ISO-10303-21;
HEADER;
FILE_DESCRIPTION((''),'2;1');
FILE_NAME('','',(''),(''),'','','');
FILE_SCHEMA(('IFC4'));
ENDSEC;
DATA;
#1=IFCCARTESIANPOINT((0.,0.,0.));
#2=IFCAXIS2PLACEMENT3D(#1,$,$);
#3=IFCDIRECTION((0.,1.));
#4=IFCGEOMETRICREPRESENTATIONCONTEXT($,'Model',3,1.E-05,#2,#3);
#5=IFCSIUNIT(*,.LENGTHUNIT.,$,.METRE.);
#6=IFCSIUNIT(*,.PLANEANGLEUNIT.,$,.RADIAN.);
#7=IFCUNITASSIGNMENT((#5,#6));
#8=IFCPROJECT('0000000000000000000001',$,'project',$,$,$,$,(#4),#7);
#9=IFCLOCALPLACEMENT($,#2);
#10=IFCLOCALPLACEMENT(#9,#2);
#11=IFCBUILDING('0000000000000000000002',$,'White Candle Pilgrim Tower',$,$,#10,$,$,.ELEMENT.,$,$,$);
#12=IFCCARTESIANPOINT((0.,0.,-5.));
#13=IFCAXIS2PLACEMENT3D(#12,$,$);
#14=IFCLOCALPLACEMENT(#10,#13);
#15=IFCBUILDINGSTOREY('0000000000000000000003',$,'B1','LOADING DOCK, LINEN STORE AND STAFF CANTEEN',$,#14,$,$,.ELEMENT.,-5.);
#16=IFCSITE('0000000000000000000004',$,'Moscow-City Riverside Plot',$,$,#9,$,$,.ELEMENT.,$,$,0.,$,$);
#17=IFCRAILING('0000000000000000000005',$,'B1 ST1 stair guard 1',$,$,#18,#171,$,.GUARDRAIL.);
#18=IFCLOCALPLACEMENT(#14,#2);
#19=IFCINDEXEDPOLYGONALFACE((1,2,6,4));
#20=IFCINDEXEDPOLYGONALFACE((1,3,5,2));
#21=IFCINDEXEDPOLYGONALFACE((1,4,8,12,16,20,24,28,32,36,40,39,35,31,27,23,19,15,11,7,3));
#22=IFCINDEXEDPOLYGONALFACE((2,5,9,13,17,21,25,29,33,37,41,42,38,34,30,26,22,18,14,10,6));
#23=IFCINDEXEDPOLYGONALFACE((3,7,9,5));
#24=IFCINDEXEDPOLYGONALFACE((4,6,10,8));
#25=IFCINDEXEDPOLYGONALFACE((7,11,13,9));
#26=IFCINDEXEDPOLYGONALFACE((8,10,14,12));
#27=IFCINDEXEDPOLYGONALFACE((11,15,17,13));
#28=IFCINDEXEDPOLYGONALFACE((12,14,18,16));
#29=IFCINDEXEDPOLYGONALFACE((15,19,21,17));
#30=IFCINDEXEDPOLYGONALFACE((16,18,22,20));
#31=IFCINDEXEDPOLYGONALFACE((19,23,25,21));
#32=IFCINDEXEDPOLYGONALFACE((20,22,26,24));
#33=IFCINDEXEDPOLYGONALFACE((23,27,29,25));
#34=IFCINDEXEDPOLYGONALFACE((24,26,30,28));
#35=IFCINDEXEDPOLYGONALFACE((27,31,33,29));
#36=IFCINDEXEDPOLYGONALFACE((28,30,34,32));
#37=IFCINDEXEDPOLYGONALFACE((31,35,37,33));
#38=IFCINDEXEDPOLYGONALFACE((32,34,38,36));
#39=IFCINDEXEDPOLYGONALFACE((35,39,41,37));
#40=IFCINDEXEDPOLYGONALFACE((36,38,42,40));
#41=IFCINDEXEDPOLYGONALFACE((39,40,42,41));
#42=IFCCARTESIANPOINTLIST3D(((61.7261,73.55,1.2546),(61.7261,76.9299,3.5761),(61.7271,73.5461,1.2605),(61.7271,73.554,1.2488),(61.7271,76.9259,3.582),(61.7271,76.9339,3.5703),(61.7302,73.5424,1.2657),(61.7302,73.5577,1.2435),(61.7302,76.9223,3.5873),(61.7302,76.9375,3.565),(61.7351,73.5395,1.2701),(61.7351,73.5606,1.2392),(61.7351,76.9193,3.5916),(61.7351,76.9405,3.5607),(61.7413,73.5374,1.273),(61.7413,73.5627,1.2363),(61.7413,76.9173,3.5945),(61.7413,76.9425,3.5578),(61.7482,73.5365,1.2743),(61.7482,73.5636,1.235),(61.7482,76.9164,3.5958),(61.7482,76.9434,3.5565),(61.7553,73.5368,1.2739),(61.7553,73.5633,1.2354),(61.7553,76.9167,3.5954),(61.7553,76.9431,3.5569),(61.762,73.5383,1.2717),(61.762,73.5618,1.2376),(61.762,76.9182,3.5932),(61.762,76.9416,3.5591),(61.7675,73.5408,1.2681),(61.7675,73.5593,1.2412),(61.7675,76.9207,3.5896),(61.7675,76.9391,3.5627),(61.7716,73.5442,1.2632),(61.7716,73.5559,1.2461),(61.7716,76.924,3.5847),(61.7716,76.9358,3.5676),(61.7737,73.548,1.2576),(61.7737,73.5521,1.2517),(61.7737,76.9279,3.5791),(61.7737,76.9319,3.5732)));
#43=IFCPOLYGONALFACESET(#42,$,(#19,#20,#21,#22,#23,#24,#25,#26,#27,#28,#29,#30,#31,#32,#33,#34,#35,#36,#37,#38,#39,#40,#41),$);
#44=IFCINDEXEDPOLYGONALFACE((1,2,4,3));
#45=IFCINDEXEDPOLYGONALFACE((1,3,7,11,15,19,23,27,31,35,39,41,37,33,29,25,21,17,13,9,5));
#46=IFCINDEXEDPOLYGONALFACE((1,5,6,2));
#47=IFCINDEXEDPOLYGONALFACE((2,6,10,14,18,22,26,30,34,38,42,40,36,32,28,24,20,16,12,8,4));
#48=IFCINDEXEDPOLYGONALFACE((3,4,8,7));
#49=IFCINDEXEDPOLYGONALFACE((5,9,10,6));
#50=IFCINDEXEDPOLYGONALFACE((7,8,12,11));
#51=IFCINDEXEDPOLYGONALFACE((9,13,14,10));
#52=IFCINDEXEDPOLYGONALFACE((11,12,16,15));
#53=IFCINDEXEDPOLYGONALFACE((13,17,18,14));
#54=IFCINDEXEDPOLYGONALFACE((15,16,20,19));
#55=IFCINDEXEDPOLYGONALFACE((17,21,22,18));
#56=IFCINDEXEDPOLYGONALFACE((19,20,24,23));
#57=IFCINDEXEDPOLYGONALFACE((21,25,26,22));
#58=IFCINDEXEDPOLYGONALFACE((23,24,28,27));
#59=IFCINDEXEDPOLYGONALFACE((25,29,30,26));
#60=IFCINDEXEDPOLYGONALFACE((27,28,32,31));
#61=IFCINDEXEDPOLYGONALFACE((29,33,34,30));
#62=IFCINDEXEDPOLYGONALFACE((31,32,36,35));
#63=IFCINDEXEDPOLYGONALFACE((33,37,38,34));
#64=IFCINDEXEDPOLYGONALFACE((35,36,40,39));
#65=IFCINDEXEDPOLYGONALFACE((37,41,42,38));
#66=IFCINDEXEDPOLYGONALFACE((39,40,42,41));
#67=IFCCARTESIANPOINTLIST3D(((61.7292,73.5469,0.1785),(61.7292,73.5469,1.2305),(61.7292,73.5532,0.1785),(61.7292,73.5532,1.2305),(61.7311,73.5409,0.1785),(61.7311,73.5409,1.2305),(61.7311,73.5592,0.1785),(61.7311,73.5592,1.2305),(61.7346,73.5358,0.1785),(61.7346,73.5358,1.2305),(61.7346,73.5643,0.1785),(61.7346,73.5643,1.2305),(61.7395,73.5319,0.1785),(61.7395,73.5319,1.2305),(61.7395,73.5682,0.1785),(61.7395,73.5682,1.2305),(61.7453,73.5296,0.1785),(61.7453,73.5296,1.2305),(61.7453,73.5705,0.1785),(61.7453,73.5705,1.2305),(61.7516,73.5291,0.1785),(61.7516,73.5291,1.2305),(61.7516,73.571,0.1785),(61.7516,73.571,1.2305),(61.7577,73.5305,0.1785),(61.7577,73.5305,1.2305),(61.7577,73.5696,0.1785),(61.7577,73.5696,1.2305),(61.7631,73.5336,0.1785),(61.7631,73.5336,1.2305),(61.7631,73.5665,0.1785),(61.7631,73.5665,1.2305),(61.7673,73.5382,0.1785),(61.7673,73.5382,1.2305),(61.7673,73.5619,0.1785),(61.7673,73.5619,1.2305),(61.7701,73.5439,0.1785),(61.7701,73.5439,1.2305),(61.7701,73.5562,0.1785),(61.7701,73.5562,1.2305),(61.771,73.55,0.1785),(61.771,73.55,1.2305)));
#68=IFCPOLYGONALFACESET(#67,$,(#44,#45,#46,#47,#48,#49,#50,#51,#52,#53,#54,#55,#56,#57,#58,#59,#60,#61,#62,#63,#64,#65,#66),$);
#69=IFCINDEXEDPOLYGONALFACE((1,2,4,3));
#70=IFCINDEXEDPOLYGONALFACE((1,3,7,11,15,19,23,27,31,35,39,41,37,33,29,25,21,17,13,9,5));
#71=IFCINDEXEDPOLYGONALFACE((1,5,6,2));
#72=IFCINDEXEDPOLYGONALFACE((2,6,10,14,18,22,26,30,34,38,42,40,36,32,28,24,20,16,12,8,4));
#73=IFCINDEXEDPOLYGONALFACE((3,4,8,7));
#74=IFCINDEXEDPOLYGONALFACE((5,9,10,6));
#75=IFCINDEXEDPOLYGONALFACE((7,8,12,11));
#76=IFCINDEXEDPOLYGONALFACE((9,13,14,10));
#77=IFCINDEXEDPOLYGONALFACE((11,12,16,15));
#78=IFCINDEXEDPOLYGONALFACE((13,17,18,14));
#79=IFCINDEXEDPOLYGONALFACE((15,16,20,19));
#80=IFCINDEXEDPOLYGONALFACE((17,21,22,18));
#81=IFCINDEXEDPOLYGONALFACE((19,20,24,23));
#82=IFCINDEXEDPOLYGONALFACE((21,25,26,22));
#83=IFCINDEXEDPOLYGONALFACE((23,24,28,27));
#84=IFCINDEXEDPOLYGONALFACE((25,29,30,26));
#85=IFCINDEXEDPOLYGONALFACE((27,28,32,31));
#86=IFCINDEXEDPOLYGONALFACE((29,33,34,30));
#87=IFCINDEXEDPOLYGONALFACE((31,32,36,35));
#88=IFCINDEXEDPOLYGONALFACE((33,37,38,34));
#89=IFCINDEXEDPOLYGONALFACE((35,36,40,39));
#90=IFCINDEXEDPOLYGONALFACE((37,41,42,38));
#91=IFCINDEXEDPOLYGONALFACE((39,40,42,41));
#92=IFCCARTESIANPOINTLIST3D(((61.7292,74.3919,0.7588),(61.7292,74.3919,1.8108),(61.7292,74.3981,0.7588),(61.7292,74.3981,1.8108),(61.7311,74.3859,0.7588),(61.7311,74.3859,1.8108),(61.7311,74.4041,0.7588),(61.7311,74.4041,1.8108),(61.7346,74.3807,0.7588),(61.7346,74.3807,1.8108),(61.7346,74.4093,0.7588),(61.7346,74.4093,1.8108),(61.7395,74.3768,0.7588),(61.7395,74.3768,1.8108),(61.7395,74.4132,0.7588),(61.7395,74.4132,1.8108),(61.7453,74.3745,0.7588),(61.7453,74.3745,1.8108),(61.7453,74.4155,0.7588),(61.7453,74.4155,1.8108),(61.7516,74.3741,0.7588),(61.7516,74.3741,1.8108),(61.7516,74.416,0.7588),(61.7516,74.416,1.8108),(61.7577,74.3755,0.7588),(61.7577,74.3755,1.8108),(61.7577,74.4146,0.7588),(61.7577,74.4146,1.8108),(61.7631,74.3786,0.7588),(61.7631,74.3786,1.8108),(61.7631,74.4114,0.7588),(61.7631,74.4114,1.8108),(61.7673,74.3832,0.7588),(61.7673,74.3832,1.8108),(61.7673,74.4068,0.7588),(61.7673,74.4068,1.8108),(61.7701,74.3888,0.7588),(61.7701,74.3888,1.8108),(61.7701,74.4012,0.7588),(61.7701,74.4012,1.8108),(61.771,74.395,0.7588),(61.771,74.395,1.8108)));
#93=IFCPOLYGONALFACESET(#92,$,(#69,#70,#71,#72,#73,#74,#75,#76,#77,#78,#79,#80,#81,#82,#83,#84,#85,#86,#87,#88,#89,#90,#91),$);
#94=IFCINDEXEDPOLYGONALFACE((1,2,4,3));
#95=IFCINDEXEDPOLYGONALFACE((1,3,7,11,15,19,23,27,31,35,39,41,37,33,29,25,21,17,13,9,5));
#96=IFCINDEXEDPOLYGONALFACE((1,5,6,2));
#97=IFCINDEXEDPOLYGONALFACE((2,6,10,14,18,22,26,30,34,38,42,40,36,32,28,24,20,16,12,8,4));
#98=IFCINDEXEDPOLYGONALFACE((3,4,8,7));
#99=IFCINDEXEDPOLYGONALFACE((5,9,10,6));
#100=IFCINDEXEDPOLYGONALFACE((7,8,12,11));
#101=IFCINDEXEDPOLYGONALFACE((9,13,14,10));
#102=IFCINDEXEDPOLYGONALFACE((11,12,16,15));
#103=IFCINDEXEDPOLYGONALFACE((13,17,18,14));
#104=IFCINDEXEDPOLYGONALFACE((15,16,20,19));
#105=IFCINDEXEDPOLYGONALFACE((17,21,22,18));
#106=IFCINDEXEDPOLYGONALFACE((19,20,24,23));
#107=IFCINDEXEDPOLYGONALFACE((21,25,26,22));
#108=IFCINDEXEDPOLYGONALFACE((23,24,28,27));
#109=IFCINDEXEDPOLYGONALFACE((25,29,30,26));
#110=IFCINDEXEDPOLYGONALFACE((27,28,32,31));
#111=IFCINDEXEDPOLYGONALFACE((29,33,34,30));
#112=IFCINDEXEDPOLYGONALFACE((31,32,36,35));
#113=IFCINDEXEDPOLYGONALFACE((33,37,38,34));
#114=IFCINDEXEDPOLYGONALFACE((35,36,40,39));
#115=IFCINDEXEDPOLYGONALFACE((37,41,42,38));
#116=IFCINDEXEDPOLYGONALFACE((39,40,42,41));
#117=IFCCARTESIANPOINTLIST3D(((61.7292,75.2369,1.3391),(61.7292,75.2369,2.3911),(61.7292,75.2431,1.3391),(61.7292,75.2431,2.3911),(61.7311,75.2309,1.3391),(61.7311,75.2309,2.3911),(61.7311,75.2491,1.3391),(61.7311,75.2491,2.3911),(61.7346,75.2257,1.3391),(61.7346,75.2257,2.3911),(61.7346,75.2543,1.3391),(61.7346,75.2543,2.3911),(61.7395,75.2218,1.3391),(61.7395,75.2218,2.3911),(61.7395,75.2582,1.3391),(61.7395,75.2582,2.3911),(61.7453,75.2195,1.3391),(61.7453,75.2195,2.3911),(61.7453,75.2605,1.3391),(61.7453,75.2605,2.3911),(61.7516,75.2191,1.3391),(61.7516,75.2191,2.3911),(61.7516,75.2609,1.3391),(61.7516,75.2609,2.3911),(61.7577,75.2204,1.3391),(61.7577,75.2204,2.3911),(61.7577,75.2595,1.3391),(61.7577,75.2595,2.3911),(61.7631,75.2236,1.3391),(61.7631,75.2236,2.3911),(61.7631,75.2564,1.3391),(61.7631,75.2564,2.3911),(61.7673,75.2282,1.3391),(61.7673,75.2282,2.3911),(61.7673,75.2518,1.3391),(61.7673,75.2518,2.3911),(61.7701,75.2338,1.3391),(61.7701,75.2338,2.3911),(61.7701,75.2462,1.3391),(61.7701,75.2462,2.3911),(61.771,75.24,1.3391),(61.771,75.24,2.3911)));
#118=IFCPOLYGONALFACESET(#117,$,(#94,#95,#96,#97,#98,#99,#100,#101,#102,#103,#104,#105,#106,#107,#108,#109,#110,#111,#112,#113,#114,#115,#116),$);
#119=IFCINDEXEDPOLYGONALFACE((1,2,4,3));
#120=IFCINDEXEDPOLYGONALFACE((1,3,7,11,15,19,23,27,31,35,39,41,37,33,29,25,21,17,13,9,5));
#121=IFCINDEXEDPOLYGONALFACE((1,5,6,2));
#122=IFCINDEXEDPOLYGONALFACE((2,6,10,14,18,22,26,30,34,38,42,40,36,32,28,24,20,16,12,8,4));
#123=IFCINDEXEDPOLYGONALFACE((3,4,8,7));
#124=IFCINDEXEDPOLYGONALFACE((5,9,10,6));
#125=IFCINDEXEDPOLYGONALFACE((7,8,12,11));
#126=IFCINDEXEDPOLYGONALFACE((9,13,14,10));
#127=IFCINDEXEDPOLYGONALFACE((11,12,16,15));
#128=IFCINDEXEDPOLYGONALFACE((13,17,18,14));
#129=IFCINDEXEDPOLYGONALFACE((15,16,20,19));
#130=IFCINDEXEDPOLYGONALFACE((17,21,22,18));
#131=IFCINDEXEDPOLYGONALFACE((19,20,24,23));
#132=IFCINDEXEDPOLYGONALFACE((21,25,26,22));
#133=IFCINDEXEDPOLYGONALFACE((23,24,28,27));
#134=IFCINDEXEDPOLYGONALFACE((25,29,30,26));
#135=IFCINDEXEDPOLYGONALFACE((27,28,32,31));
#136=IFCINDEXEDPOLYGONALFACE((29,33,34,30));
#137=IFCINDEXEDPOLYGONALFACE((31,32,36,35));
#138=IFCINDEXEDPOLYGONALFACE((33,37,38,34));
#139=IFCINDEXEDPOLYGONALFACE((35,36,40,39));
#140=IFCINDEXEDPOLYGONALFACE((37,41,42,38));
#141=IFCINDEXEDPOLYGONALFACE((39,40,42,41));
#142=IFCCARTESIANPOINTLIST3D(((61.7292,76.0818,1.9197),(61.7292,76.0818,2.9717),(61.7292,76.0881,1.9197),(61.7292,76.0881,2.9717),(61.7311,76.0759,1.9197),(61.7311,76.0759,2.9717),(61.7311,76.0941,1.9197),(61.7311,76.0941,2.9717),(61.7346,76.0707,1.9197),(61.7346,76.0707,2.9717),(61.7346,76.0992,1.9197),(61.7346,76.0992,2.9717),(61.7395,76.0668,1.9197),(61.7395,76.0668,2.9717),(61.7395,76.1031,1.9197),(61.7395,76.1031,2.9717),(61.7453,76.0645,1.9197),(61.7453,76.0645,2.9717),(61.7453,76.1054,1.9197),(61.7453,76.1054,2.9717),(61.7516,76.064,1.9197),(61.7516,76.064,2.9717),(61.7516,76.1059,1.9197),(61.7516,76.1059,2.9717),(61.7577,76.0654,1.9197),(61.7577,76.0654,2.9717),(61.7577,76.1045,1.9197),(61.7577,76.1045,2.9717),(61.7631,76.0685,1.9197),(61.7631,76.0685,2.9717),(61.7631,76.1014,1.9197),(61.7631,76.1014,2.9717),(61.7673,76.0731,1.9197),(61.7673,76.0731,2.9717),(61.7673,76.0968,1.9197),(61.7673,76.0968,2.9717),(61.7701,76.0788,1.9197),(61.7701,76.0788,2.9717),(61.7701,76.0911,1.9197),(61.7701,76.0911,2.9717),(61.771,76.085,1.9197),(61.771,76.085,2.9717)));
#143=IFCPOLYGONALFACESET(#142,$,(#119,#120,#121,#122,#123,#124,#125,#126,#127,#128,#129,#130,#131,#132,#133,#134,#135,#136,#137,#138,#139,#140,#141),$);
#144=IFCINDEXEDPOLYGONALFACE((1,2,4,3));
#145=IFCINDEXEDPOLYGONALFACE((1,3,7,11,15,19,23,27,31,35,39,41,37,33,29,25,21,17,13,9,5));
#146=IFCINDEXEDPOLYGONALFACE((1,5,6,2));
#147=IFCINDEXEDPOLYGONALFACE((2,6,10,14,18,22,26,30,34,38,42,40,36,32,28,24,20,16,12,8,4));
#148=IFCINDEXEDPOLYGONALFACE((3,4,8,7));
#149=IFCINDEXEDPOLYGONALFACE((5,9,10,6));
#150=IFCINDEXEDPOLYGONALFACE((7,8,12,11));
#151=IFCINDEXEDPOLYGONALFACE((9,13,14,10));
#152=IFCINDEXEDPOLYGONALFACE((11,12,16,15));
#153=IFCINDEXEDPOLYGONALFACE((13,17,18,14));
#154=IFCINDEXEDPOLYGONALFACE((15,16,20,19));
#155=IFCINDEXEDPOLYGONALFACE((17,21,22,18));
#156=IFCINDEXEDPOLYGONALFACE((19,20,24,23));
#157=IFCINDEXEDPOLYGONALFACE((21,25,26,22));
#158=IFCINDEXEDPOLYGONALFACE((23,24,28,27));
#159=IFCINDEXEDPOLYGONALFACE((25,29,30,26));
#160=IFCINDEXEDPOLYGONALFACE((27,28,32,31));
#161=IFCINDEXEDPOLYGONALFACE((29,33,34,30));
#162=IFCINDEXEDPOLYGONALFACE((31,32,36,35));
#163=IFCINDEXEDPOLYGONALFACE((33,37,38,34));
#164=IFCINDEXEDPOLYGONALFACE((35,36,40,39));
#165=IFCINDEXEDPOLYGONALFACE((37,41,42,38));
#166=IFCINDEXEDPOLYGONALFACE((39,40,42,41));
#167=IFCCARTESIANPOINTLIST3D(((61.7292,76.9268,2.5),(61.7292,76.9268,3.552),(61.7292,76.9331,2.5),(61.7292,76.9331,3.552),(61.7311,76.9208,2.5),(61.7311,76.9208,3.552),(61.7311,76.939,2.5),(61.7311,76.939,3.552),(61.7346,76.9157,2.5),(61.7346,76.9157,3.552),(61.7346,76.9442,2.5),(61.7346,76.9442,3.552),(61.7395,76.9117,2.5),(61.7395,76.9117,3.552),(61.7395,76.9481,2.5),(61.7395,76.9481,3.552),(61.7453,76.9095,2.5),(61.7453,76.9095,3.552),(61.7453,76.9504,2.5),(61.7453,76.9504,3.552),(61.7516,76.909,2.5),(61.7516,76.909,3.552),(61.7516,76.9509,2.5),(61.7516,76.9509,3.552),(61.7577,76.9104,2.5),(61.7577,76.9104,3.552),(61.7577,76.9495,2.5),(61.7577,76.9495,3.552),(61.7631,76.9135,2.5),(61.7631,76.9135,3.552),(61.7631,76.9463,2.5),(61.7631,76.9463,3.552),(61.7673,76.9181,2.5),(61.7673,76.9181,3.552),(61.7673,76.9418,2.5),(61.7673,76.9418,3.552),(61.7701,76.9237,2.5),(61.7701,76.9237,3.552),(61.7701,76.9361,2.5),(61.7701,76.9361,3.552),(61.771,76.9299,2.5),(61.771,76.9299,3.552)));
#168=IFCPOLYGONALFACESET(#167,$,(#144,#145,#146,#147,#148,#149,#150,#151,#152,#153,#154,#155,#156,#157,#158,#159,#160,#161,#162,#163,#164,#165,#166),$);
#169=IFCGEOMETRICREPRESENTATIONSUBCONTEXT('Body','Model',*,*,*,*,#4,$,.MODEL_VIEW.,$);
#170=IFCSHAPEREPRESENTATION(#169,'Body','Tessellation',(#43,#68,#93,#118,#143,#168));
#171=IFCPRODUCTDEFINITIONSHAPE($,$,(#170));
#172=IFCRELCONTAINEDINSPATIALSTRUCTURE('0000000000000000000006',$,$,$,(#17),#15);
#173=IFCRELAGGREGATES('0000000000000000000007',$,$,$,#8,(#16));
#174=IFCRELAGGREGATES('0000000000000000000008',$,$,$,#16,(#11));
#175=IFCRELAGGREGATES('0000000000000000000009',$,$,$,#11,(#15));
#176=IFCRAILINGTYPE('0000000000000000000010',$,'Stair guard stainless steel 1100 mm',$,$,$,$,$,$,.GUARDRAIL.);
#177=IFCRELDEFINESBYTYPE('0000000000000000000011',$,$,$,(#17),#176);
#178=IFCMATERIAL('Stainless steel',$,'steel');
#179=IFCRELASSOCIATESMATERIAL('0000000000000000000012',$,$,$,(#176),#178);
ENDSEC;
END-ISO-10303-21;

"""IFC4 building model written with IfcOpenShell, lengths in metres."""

from ifc_helpers import new_model, si_unit, direction, frame, origin, origin_2d, place, context, subcontext, project, spatial, circle, extrude, material, type_object, element, save


model = new_model("IFC4")

# Units and contexts
model_context = context("Model", 3, precision=1e-05, world=origin(), true_north=direction((0.0, 1.0)))
body_context = subcontext(model_context, "Body", "Model", "MODEL_VIEW")
ifc_project = project(units=[si_unit("LENGTHUNIT", "METRE"), si_unit("PLANEANGLEUNIT", "RADIAN")], contexts=[model_context])

# Site, building, storey
site_placement = place(None, origin())
site = spatial("IfcSite", under=ifc_project, at=site_placement, Name="Moscow-City Riverside Plot", CompositionType="ELEMENT", RefElevation=0.0)
building_placement = place(site_placement, origin())
building = spatial("IfcBuilding", under=site, at=building_placement, Name="White Candle Pilgrim Tower", CompositionType="ELEMENT")
storey_placement = place(building_placement, frame((0.0, 0.0, -5.0)))
storey = spatial("IfcBuildingStorey", under=building, at=storey_placement, Name="B1", Description="LOADING DOCK, LINEN STORE AND STAFF CANTEEN", CompositionType="ELEMENT", Elevation=-5.0)

# Railing
ifc_material_1 = material(Name="Stainless steel", Category="steel")
railing_type_1 = type_object("IfcRailingType", Name="Stair guard stainless steel 1100 mm", PredefinedType="GUARDRAIL", material=ifc_material_1)
railing_1_placement = place(storey_placement, frame((61.75, 73.55, 0.1785)))
element("IfcRailing", 1, at=railing_1_placement, inside=storey, type_object=railing_type_1, Name="B1 ST1 stair guard 1", PredefinedType="GUARDRAIL", context=body_context, shape_type="SweptSolid", body=[
    extrude(circle(Radius=0.0239, at=origin_2d()), frame((0.0, 0.0, 1.0762), z_axis=(0.0, 0.824285, 0.566175), x_axis=(-1.0, 0.0, 0.0)), (0.0, 0.0, 1.0), 4.1003),
    extrude(circle(Radius=0.021, at=origin_2d()), origin(), (0.0, 0.0, 1.0), 1.052),
    extrude(circle(Radius=0.021, at=origin_2d()), frame((0.0, 0.845, 0.5803)), (0.0, 0.0, 1.0), 1.052),
    extrude(circle(Radius=0.021, at=origin_2d()), frame((0.0, 1.6899, 1.1606)), (0.0, 0.0, 1.0), 1.052),
    extrude(circle(Radius=0.021, at=origin_2d()), frame((0.0, 2.5349, 1.7412)), (0.0, 0.0, 1.0), 1.052),
    extrude(circle(Radius=0.021, at=origin_2d()), frame((0.0, 3.3799, 2.3215)), (0.0, 0.0, 1.0), 1.052),
])

save(model, "model.ifc")
